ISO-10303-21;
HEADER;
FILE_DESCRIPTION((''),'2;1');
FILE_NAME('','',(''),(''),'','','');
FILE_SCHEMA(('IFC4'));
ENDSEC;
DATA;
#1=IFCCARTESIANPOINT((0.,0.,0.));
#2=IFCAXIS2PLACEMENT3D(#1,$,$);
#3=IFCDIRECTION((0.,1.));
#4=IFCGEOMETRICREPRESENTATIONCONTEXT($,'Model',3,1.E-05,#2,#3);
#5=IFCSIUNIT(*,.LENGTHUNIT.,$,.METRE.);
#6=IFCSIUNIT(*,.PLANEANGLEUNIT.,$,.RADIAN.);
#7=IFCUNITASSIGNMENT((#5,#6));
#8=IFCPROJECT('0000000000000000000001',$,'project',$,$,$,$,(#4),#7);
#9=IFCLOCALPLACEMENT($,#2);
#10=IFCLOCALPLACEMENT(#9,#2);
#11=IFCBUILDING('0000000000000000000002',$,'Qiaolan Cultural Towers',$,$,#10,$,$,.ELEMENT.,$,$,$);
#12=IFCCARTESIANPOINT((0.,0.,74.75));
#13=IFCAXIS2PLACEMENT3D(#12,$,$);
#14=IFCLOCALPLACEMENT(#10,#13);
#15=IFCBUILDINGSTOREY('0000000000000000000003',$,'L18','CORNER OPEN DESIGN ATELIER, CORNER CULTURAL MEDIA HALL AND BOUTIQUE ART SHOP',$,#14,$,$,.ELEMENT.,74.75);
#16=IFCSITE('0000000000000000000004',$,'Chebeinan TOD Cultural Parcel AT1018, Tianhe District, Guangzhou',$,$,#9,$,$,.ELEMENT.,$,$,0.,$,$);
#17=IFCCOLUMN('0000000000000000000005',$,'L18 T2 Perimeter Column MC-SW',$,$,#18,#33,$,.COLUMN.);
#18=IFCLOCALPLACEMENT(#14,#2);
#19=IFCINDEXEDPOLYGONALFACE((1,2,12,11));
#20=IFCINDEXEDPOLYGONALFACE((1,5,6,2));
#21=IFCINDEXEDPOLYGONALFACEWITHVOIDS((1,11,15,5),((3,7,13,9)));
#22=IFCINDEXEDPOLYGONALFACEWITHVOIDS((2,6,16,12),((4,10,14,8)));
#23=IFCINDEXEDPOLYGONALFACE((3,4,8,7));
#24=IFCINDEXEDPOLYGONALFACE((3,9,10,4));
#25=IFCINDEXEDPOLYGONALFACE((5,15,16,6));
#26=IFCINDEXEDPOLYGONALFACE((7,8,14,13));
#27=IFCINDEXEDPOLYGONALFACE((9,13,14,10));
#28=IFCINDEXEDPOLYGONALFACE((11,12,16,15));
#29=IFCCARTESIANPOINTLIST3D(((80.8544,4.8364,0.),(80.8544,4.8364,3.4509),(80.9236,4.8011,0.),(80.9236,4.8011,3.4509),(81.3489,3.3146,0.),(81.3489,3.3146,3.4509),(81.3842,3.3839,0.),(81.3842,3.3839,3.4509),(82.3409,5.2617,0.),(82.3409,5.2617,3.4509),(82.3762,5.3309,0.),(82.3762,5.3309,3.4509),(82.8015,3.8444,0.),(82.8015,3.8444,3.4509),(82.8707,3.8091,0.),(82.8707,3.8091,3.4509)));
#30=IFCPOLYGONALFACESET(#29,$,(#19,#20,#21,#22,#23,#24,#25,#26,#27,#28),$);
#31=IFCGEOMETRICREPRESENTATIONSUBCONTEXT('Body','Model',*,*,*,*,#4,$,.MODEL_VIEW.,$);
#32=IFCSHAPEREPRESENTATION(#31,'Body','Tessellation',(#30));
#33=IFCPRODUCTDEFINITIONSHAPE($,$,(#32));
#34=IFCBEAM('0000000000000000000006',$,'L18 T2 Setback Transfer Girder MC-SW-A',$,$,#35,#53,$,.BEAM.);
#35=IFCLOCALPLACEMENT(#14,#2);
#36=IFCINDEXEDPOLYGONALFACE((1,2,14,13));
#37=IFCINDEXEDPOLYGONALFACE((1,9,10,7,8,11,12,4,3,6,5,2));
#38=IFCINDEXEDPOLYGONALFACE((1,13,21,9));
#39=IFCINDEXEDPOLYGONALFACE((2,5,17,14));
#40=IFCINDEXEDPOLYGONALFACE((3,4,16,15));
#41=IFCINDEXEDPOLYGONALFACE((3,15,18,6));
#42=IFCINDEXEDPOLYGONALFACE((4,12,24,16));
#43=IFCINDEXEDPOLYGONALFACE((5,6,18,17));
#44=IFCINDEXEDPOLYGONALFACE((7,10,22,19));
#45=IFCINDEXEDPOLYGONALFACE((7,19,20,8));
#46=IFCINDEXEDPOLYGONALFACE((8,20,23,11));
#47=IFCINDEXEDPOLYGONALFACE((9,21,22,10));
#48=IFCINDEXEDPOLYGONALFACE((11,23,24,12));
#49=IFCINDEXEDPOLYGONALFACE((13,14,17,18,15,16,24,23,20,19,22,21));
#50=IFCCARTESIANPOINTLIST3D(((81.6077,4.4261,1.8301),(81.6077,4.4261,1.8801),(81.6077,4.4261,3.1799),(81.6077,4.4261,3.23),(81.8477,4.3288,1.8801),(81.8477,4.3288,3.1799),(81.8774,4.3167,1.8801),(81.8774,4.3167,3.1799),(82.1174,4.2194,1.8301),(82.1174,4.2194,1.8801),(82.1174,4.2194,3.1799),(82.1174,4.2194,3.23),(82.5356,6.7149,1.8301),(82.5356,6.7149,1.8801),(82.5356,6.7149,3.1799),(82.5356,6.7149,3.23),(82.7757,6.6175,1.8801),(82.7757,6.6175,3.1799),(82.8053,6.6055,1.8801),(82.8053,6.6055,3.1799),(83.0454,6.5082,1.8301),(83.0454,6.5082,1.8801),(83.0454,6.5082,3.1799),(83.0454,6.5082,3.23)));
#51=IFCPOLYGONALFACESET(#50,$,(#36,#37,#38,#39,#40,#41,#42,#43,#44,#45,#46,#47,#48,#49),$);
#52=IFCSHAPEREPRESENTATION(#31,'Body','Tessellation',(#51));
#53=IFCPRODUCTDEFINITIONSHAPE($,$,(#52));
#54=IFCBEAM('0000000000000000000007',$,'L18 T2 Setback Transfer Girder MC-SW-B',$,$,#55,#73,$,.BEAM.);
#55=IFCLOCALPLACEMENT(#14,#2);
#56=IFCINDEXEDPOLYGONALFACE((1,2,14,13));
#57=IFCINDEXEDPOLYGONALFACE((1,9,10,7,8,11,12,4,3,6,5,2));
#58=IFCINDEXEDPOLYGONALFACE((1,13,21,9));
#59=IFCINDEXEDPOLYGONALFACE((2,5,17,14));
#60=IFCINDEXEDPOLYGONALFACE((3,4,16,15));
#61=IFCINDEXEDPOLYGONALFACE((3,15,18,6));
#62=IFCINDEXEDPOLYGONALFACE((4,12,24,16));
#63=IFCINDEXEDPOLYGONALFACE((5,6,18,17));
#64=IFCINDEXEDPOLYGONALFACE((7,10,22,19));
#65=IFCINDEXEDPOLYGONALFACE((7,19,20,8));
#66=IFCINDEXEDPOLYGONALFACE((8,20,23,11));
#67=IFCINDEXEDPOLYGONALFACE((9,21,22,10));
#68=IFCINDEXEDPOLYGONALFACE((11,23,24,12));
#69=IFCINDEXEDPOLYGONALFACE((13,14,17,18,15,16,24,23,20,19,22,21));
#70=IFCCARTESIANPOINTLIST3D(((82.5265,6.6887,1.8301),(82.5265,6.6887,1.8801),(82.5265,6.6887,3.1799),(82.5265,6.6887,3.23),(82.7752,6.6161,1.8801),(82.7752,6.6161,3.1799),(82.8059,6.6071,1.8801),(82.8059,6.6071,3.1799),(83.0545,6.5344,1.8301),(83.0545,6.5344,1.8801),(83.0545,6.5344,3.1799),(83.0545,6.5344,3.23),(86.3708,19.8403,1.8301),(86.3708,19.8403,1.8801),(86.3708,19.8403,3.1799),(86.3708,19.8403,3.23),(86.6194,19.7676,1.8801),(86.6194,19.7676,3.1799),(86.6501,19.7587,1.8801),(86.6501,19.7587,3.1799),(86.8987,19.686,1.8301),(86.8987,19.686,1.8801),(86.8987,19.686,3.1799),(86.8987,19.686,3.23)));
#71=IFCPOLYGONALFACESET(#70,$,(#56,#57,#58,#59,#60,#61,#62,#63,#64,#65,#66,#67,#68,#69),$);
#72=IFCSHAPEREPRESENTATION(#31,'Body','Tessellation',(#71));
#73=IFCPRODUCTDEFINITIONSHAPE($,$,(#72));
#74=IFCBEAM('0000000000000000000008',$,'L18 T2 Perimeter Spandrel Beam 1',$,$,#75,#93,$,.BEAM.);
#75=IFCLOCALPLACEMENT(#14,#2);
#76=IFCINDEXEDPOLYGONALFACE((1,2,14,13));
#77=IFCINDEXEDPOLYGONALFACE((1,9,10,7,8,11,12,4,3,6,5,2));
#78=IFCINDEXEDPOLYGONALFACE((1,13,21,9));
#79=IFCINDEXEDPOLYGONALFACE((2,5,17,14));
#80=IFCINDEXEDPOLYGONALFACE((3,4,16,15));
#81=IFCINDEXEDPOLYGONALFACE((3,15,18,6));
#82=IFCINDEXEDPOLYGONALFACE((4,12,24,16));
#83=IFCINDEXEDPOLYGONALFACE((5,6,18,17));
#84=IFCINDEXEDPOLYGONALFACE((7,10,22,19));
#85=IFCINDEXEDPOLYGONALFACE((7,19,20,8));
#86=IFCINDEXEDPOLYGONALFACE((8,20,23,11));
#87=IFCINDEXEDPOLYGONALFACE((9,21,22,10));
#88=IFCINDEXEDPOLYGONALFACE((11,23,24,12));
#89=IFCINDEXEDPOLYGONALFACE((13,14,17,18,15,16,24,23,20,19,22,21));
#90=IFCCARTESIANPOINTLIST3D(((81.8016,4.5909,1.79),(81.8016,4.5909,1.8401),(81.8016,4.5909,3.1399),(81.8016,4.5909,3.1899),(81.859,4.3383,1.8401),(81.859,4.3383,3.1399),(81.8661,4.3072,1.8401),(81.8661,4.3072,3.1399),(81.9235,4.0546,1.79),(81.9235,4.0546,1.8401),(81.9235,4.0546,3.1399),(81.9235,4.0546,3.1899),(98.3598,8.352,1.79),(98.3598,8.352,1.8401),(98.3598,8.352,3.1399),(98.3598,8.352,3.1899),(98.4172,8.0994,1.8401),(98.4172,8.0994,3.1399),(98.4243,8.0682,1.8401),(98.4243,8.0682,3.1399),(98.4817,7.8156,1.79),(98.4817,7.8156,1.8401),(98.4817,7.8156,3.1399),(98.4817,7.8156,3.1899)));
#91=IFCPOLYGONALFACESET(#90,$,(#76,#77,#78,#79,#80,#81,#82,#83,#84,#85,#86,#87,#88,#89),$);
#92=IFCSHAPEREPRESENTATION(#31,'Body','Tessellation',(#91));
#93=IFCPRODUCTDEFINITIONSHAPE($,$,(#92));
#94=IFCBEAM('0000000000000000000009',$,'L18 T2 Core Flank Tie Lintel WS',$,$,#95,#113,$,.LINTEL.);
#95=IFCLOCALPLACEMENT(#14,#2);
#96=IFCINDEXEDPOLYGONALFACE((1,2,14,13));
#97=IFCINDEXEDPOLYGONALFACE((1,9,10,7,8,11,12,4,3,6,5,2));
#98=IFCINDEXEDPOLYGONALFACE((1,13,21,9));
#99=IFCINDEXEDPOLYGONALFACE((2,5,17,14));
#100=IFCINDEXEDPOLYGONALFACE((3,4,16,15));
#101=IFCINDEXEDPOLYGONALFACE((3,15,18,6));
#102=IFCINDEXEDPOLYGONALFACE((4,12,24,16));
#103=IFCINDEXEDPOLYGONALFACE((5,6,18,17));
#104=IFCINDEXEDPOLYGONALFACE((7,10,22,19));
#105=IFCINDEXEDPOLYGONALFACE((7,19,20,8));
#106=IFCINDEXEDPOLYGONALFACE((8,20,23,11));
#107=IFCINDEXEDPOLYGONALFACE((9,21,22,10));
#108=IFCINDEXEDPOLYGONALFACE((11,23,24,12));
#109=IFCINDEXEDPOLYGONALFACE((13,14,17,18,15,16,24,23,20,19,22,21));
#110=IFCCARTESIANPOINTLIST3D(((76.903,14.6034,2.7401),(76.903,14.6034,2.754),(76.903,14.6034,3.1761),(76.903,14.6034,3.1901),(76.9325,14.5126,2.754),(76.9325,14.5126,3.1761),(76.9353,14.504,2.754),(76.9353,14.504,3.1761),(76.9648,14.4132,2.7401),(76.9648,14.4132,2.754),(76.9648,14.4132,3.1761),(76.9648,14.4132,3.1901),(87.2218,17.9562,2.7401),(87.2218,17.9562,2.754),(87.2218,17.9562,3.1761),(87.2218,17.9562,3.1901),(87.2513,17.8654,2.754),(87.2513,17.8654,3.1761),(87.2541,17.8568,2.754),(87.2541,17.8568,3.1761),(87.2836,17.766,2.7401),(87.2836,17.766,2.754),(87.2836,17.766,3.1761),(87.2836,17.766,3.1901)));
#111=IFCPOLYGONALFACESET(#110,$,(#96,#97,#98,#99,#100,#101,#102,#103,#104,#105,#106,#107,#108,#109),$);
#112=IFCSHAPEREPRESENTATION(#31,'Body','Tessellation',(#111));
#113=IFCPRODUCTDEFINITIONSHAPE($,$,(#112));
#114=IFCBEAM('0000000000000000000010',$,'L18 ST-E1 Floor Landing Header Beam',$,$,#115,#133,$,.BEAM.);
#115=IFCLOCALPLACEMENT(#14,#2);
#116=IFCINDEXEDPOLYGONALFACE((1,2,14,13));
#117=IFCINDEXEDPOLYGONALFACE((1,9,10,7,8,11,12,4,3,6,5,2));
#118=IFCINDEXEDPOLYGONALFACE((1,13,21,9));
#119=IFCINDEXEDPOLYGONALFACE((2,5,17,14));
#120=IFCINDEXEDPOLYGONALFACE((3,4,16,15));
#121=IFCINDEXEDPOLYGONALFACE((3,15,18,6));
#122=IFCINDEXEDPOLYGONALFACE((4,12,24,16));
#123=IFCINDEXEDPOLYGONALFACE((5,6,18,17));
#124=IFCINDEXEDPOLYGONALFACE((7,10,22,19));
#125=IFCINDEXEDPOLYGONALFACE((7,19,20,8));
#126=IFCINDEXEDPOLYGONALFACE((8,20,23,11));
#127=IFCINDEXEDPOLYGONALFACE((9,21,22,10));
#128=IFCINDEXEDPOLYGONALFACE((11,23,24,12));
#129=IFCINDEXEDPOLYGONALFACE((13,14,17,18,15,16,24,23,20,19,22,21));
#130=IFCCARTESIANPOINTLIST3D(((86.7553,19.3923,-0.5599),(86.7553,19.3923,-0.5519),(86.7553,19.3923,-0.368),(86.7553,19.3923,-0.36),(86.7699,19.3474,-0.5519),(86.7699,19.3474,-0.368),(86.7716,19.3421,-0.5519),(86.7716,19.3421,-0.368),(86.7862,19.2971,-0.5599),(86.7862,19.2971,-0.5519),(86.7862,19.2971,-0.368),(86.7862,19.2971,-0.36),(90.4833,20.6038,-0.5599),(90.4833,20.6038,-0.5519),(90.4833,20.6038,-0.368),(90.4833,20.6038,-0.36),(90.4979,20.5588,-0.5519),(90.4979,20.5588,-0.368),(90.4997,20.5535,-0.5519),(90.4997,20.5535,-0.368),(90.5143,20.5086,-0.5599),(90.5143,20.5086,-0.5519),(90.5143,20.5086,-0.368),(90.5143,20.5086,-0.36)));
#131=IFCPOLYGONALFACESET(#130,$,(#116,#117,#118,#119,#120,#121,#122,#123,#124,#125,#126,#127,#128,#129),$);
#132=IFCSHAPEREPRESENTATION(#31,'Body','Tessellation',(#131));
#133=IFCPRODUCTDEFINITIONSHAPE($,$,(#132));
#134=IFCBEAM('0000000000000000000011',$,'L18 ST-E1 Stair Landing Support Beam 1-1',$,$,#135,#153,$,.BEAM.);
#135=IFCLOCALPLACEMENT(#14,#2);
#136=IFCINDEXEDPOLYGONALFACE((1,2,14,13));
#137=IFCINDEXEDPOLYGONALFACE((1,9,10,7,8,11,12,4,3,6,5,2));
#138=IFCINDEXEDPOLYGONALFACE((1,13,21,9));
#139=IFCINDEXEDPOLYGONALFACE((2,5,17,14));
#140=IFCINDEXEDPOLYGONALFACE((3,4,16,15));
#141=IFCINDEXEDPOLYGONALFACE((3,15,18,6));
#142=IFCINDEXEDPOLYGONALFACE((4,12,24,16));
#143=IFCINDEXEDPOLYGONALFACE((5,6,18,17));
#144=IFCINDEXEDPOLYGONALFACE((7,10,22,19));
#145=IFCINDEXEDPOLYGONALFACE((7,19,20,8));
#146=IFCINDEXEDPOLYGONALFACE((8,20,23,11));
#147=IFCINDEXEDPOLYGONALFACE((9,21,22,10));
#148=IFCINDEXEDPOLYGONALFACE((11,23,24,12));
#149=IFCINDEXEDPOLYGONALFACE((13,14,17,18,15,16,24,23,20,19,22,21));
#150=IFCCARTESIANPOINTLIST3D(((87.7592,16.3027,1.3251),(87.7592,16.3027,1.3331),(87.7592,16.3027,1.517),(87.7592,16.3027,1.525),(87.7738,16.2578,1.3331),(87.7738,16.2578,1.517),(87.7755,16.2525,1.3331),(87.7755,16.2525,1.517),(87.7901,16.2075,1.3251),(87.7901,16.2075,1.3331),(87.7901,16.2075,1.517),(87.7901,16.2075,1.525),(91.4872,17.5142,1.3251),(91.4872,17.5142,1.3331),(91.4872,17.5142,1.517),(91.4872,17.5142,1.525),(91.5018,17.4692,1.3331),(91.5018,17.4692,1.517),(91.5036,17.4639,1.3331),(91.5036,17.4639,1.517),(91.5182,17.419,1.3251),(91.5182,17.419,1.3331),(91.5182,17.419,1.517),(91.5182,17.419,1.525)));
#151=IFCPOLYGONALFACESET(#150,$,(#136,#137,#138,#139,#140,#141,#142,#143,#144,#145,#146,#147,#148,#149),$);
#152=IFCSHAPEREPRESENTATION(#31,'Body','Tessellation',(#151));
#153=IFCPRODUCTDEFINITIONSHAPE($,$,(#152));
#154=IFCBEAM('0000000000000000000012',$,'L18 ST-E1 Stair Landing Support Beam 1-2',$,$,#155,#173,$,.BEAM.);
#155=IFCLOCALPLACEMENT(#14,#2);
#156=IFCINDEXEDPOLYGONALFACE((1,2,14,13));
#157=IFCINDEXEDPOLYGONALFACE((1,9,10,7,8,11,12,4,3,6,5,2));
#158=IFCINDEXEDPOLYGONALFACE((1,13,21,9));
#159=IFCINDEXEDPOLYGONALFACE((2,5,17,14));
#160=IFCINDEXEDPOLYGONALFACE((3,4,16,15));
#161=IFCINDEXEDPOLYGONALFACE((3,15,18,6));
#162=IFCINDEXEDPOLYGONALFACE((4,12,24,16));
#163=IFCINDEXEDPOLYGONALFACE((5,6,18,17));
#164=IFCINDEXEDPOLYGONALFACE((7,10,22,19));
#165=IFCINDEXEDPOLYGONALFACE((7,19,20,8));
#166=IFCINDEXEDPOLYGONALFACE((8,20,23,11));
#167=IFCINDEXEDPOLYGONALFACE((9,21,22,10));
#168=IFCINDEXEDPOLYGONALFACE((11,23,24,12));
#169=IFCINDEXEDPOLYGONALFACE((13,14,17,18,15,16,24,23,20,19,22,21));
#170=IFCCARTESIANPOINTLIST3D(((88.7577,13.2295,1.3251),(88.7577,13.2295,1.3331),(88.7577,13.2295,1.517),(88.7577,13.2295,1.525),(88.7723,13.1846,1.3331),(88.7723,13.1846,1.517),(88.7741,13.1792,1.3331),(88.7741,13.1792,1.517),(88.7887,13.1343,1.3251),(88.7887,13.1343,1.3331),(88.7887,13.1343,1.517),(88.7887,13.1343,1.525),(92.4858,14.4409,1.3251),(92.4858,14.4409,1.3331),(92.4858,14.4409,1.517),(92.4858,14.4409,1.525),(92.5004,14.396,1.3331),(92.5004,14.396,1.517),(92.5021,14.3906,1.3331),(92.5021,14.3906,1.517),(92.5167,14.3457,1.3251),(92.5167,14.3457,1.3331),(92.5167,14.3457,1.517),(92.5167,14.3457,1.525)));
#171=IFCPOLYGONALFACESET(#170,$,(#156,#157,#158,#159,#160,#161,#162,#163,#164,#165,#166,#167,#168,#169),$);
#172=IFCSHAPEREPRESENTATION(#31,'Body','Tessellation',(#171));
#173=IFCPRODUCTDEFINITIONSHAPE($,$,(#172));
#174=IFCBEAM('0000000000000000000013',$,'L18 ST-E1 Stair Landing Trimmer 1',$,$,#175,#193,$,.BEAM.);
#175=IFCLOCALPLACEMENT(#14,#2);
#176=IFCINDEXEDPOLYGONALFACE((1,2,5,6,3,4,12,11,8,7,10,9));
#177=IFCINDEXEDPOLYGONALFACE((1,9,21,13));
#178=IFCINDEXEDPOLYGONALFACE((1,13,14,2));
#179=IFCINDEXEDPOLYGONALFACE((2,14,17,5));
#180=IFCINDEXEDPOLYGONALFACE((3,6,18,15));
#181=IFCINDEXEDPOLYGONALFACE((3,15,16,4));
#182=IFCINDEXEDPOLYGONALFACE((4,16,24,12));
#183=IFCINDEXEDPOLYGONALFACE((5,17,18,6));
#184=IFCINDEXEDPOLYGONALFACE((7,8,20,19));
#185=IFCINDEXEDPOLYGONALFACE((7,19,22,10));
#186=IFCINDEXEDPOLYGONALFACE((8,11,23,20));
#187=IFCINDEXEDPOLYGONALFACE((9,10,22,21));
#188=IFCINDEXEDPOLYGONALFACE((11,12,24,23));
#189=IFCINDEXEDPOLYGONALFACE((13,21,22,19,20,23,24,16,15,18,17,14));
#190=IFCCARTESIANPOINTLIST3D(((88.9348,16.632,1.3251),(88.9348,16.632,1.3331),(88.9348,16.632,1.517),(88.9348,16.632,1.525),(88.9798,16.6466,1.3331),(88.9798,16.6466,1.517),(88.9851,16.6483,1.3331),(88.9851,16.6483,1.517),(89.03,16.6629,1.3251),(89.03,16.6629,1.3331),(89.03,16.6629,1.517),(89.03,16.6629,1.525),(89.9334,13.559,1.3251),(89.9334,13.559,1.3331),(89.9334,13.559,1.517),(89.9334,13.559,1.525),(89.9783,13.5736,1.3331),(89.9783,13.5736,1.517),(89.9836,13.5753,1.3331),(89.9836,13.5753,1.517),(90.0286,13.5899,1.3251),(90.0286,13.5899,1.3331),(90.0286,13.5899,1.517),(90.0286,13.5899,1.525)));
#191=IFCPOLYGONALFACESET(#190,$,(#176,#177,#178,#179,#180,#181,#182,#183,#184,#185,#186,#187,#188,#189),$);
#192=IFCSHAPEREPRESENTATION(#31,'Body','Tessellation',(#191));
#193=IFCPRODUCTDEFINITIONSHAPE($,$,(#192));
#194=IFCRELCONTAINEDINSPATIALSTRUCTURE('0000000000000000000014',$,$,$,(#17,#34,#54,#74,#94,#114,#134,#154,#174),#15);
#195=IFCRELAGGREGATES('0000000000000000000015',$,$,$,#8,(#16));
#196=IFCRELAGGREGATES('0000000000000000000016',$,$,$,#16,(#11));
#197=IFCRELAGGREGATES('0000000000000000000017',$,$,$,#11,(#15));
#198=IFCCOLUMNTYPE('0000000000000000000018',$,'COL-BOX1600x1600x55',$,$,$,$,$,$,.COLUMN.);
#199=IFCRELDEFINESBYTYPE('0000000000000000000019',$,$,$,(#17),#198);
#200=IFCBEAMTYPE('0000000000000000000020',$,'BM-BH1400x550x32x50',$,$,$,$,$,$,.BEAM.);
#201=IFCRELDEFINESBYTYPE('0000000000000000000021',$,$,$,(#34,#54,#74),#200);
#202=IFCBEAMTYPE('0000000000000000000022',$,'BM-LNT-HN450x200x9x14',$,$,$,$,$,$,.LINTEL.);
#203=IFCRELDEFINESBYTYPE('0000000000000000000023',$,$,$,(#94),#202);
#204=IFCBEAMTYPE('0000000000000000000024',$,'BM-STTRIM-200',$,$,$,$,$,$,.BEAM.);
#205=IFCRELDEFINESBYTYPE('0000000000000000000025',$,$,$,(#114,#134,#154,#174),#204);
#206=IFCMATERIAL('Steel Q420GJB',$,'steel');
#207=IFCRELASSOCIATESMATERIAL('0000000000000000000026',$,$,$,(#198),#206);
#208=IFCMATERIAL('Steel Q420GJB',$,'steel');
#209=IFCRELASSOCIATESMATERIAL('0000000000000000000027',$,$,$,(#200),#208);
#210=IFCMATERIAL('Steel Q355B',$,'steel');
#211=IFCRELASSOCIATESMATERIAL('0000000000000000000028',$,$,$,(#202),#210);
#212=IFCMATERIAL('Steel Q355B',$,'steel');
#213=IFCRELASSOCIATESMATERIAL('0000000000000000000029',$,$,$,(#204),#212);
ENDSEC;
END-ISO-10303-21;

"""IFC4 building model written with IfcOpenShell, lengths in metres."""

from ifc_helpers import new_model, si_unit, direction, frame, origin, origin_2d, place, context, subcontext, project, spatial, hollow_rectangle, i_section, extrude, material, material_profile, profile_set, type_object, element, save


model = new_model("IFC4")

# Units and contexts
model_context = context("Model", 3, precision=1e-05, world=origin(), true_north=direction((0.0, 1.0)))
body_context = subcontext(model_context, "Body", "Model", "MODEL_VIEW")
ifc_project = project(units=[si_unit("LENGTHUNIT", "METRE"), si_unit("PLANEANGLEUNIT", "RADIAN")], contexts=[model_context])

# Site, building, storey
site_placement = place(None, origin())
site = spatial("IfcSite", under=ifc_project, at=site_placement, Name="Chebeinan TOD Cultural Parcel AT1018, Tianhe District, Guangzhou", CompositionType="ELEMENT", RefElevation=0.0)
building_placement = place(site_placement, origin())
building = spatial("IfcBuilding", under=site, at=building_placement, Name="Qiaolan Cultural Towers", CompositionType="ELEMENT")
storey_placement = place(building_placement, frame((0.0, 0.0, 74.75)))
storey = spatial("IfcBuildingStorey", under=building, at=storey_placement, Name="L18", Description="CORNER OPEN DESIGN ATELIER, CORNER CULTURAL MEDIA HALL AND BOUTIQUE ART SHOP", CompositionType="ELEMENT", Elevation=74.75)

# Column
ifc_material_1 = material(Name="Steel Q420GJB", Category="steel")
ifc_material_profile_1 = material_profile(ifc_material_1, hollow_rectangle(XDim=1.6001, YDim=1.6001, WallThickness=0.0549, at=origin_2d()), Name="BOX1600x1600x55")
ifc_profile_set_1 = profile_set([ifc_material_profile_1], Name="Steel Q420GJB")
column_type = type_object("IfcColumnType", Name="COL-BOX1600x1600x55", PredefinedType="COLUMN", material=ifc_profile_set_1)
column_placement = place(storey_placement, frame((81.8625, 4.3228, 0.0), z_axis=(0.0, 0.0, 1.0), x_axis=(0.951057, 0.309017, 0.0)))
element("IfcColumn", 1, at=column_placement, inside=storey, type_object=column_type, Name="L18 T2 Perimeter Column MC-SW", PredefinedType="COLUMN", context=body_context, shape_type="SweptSolid", body=[
    extrude(hollow_rectangle(XDim=1.6001, YDim=1.6001, WallThickness=0.0549, at=origin_2d()), origin(), (0.0, 0.0, 1.0), 3.4509),
])

# Beams
ifc_material_2 = material(Name="Steel Q420GJB", Category="steel")
ifc_material_profile_2 = material_profile(ifc_material_2, i_section(OverallWidth=0.55, OverallDepth=1.3999, WebThickness=0.032, FlangeThickness=0.05, at=origin_2d()), Name="BH1400x550x32x50")
ifc_profile_set_2 = profile_set([ifc_material_profile_2], Name="Steel Q420GJB")
beam_type_1 = type_object("IfcBeamType", Name="BM-BH1400x550x32x50", PredefinedType="BEAM", material=ifc_profile_set_2)
beam_1_placement = place(storey_placement, frame((81.8625, 4.3228, 2.53), z_axis=(0.375733, 0.926728, 0.0), x_axis=(-0.926728, 0.375733, 0.0)))
element("IfcBeam", 2, at=beam_1_placement, inside=storey, type_object=beam_type_1, Name="L18 T2 Setback Transfer Girder MC-SW-A", PredefinedType="BEAM", context=body_context, shape_type="SweptSolid", body=[
    extrude(i_section(OverallWidth=0.55, OverallDepth=1.3999, WebThickness=0.032, FlangeThickness=0.05, at=origin_2d()), origin(), (0.0, 0.0, 1.0), 2.4697),
])
beam_2_placement = place(storey_placement, frame((82.7905, 6.6116, 2.53), z_axis=(0.280562, 0.959836, 0.0), x_axis=(-0.959836, 0.280562, 0.0)))
element("IfcBeam", 3, at=beam_2_placement, inside=storey, type_object=beam_type_1, Name="L18 T2 Setback Transfer Girder MC-SW-B", PredefinedType="BEAM", context=body_context, shape_type="SweptSolid", body=[
    extrude(i_section(OverallWidth=0.55, OverallDepth=1.3999, WebThickness=0.032, FlangeThickness=0.05, at=origin_2d()), origin(), (0.0, 0.0, 1.0), 13.7019),
])
beam_3_placement = place(storey_placement, frame((81.8625, 4.3228, 2.49), z_axis=(0.975161, 0.221497, 0.0), x_axis=(-0.221497, 0.975161, 0.0)))
element("IfcBeam", 4, at=beam_3_placement, inside=storey, type_object=beam_type_1, Name="L18 T2 Perimeter Spandrel Beam 1", PredefinedType="BEAM", context=body_context, shape_type="SweptSolid", body=[
    extrude(i_section(OverallWidth=0.55, OverallDepth=1.3999, WebThickness=0.032, FlangeThickness=0.05, at=origin_2d()), origin(), (0.0, 0.0, 1.0), 16.98),
])
ifc_material_3 = material(Name="Steel Q355B", Category="steel")
ifc_material_profile_3 = material_profile(ifc_material_3, i_section(OverallWidth=0.2, OverallDepth=0.45, WebThickness=0.009, FlangeThickness=0.0139, at=origin_2d()), Name="HN450x200x9x14")
ifc_profile_set_3 = profile_set([ifc_material_profile_3], Name="Steel Q355B")
beam_type_2 = type_object("IfcBeamType", Name="BM-LNT-HN450x200x9x14", PredefinedType="LINTEL", material=ifc_profile_set_3)
beam_4_placement = place(storey_placement, frame((87.2527, 17.8611, 2.9651), z_axis=(-0.951057, -0.309016, 0.0), x_axis=(0.309016, -0.951057, 0.0)))
element("IfcBeam", 5, at=beam_4_placement, inside=storey, type_object=beam_type_2, Name="L18 T2 Core Flank Tie Lintel WS", PredefinedType="LINTEL", context=body_context, shape_type="SweptSolid", body=[
    extrude(i_section(OverallWidth=0.2, OverallDepth=0.45, WebThickness=0.009, FlangeThickness=0.0139, at=origin_2d()), origin(), (0.0, 0.0, 1.0), 10.8499),
])
ifc_material_4 = material(Name="Steel Q355B", Category="steel")
ifc_material_profile_4 = material_profile(ifc_material_4, i_section(OverallWidth=0.1001, OverallDepth=0.2, WebThickness=0.0056, FlangeThickness=0.0081, at=origin_2d()), Name="HN200x100x5.5x8")
ifc_profile_set_4 = profile_set([ifc_material_profile_4], Name="Steel Q355B")
beam_type_3 = type_object("IfcBeamType", Name="BM-STTRIM-200", PredefinedType="BEAM", material=ifc_profile_set_4)
for number, where, z_axis, x_axis, name in (
    (6, (86.7708, 19.3447, -0.46), (0.951048, 0.309044, 0.0), (-0.309044, 0.951048, 0.0), "L18 ST-E1 Floor Landing Header Beam"),
    (7, (87.7747, 16.2551, 1.425), (0.951048, 0.309044, 0.0), (-0.309044, 0.951048, 0.0), "L18 ST-E1 Stair Landing Support Beam 1-1"),
    (8, (88.7732, 13.1819, 1.425), (0.951048, 0.309044, 0.0), (-0.309044, 0.951048, 0.0), "L18 ST-E1 Stair Landing Support Beam 1-2"),
):
    element("IfcBeam", number, at=place(storey_placement, frame(where, z_axis=z_axis, x_axis=x_axis)), inside=storey, type_object=beam_type_3, Name=name, PredefinedType="BEAM", context=body_context, shape_type="SweptSolid", body=[
        extrude(i_section(OverallWidth=0.1001, OverallDepth=0.2, WebThickness=0.0056, FlangeThickness=0.0081, at=origin_2d()), origin(), (0.0, 0.0, 1.0), 3.9199),
    ])
beam_5_placement = place(storey_placement, frame((88.9824, 16.6475, 1.425), z_axis=(0.309033, -0.951051, 0.0), x_axis=(0.951051, 0.309033, 0.0)))
element("IfcBeam", 9, at=beam_5_placement, inside=storey, type_object=beam_type_3, Name="L18 ST-E1 Stair Landing Trimmer 1", PredefinedType="BEAM", context=body_context, shape_type="SweptSolid", body=[
    extrude(i_section(OverallWidth=0.1001, OverallDepth=0.2, WebThickness=0.0056, FlangeThickness=0.0081, at=origin_2d()), origin(), (0.0, 0.0, 1.0), 3.2312),
])

save(model, "model.ifc")
